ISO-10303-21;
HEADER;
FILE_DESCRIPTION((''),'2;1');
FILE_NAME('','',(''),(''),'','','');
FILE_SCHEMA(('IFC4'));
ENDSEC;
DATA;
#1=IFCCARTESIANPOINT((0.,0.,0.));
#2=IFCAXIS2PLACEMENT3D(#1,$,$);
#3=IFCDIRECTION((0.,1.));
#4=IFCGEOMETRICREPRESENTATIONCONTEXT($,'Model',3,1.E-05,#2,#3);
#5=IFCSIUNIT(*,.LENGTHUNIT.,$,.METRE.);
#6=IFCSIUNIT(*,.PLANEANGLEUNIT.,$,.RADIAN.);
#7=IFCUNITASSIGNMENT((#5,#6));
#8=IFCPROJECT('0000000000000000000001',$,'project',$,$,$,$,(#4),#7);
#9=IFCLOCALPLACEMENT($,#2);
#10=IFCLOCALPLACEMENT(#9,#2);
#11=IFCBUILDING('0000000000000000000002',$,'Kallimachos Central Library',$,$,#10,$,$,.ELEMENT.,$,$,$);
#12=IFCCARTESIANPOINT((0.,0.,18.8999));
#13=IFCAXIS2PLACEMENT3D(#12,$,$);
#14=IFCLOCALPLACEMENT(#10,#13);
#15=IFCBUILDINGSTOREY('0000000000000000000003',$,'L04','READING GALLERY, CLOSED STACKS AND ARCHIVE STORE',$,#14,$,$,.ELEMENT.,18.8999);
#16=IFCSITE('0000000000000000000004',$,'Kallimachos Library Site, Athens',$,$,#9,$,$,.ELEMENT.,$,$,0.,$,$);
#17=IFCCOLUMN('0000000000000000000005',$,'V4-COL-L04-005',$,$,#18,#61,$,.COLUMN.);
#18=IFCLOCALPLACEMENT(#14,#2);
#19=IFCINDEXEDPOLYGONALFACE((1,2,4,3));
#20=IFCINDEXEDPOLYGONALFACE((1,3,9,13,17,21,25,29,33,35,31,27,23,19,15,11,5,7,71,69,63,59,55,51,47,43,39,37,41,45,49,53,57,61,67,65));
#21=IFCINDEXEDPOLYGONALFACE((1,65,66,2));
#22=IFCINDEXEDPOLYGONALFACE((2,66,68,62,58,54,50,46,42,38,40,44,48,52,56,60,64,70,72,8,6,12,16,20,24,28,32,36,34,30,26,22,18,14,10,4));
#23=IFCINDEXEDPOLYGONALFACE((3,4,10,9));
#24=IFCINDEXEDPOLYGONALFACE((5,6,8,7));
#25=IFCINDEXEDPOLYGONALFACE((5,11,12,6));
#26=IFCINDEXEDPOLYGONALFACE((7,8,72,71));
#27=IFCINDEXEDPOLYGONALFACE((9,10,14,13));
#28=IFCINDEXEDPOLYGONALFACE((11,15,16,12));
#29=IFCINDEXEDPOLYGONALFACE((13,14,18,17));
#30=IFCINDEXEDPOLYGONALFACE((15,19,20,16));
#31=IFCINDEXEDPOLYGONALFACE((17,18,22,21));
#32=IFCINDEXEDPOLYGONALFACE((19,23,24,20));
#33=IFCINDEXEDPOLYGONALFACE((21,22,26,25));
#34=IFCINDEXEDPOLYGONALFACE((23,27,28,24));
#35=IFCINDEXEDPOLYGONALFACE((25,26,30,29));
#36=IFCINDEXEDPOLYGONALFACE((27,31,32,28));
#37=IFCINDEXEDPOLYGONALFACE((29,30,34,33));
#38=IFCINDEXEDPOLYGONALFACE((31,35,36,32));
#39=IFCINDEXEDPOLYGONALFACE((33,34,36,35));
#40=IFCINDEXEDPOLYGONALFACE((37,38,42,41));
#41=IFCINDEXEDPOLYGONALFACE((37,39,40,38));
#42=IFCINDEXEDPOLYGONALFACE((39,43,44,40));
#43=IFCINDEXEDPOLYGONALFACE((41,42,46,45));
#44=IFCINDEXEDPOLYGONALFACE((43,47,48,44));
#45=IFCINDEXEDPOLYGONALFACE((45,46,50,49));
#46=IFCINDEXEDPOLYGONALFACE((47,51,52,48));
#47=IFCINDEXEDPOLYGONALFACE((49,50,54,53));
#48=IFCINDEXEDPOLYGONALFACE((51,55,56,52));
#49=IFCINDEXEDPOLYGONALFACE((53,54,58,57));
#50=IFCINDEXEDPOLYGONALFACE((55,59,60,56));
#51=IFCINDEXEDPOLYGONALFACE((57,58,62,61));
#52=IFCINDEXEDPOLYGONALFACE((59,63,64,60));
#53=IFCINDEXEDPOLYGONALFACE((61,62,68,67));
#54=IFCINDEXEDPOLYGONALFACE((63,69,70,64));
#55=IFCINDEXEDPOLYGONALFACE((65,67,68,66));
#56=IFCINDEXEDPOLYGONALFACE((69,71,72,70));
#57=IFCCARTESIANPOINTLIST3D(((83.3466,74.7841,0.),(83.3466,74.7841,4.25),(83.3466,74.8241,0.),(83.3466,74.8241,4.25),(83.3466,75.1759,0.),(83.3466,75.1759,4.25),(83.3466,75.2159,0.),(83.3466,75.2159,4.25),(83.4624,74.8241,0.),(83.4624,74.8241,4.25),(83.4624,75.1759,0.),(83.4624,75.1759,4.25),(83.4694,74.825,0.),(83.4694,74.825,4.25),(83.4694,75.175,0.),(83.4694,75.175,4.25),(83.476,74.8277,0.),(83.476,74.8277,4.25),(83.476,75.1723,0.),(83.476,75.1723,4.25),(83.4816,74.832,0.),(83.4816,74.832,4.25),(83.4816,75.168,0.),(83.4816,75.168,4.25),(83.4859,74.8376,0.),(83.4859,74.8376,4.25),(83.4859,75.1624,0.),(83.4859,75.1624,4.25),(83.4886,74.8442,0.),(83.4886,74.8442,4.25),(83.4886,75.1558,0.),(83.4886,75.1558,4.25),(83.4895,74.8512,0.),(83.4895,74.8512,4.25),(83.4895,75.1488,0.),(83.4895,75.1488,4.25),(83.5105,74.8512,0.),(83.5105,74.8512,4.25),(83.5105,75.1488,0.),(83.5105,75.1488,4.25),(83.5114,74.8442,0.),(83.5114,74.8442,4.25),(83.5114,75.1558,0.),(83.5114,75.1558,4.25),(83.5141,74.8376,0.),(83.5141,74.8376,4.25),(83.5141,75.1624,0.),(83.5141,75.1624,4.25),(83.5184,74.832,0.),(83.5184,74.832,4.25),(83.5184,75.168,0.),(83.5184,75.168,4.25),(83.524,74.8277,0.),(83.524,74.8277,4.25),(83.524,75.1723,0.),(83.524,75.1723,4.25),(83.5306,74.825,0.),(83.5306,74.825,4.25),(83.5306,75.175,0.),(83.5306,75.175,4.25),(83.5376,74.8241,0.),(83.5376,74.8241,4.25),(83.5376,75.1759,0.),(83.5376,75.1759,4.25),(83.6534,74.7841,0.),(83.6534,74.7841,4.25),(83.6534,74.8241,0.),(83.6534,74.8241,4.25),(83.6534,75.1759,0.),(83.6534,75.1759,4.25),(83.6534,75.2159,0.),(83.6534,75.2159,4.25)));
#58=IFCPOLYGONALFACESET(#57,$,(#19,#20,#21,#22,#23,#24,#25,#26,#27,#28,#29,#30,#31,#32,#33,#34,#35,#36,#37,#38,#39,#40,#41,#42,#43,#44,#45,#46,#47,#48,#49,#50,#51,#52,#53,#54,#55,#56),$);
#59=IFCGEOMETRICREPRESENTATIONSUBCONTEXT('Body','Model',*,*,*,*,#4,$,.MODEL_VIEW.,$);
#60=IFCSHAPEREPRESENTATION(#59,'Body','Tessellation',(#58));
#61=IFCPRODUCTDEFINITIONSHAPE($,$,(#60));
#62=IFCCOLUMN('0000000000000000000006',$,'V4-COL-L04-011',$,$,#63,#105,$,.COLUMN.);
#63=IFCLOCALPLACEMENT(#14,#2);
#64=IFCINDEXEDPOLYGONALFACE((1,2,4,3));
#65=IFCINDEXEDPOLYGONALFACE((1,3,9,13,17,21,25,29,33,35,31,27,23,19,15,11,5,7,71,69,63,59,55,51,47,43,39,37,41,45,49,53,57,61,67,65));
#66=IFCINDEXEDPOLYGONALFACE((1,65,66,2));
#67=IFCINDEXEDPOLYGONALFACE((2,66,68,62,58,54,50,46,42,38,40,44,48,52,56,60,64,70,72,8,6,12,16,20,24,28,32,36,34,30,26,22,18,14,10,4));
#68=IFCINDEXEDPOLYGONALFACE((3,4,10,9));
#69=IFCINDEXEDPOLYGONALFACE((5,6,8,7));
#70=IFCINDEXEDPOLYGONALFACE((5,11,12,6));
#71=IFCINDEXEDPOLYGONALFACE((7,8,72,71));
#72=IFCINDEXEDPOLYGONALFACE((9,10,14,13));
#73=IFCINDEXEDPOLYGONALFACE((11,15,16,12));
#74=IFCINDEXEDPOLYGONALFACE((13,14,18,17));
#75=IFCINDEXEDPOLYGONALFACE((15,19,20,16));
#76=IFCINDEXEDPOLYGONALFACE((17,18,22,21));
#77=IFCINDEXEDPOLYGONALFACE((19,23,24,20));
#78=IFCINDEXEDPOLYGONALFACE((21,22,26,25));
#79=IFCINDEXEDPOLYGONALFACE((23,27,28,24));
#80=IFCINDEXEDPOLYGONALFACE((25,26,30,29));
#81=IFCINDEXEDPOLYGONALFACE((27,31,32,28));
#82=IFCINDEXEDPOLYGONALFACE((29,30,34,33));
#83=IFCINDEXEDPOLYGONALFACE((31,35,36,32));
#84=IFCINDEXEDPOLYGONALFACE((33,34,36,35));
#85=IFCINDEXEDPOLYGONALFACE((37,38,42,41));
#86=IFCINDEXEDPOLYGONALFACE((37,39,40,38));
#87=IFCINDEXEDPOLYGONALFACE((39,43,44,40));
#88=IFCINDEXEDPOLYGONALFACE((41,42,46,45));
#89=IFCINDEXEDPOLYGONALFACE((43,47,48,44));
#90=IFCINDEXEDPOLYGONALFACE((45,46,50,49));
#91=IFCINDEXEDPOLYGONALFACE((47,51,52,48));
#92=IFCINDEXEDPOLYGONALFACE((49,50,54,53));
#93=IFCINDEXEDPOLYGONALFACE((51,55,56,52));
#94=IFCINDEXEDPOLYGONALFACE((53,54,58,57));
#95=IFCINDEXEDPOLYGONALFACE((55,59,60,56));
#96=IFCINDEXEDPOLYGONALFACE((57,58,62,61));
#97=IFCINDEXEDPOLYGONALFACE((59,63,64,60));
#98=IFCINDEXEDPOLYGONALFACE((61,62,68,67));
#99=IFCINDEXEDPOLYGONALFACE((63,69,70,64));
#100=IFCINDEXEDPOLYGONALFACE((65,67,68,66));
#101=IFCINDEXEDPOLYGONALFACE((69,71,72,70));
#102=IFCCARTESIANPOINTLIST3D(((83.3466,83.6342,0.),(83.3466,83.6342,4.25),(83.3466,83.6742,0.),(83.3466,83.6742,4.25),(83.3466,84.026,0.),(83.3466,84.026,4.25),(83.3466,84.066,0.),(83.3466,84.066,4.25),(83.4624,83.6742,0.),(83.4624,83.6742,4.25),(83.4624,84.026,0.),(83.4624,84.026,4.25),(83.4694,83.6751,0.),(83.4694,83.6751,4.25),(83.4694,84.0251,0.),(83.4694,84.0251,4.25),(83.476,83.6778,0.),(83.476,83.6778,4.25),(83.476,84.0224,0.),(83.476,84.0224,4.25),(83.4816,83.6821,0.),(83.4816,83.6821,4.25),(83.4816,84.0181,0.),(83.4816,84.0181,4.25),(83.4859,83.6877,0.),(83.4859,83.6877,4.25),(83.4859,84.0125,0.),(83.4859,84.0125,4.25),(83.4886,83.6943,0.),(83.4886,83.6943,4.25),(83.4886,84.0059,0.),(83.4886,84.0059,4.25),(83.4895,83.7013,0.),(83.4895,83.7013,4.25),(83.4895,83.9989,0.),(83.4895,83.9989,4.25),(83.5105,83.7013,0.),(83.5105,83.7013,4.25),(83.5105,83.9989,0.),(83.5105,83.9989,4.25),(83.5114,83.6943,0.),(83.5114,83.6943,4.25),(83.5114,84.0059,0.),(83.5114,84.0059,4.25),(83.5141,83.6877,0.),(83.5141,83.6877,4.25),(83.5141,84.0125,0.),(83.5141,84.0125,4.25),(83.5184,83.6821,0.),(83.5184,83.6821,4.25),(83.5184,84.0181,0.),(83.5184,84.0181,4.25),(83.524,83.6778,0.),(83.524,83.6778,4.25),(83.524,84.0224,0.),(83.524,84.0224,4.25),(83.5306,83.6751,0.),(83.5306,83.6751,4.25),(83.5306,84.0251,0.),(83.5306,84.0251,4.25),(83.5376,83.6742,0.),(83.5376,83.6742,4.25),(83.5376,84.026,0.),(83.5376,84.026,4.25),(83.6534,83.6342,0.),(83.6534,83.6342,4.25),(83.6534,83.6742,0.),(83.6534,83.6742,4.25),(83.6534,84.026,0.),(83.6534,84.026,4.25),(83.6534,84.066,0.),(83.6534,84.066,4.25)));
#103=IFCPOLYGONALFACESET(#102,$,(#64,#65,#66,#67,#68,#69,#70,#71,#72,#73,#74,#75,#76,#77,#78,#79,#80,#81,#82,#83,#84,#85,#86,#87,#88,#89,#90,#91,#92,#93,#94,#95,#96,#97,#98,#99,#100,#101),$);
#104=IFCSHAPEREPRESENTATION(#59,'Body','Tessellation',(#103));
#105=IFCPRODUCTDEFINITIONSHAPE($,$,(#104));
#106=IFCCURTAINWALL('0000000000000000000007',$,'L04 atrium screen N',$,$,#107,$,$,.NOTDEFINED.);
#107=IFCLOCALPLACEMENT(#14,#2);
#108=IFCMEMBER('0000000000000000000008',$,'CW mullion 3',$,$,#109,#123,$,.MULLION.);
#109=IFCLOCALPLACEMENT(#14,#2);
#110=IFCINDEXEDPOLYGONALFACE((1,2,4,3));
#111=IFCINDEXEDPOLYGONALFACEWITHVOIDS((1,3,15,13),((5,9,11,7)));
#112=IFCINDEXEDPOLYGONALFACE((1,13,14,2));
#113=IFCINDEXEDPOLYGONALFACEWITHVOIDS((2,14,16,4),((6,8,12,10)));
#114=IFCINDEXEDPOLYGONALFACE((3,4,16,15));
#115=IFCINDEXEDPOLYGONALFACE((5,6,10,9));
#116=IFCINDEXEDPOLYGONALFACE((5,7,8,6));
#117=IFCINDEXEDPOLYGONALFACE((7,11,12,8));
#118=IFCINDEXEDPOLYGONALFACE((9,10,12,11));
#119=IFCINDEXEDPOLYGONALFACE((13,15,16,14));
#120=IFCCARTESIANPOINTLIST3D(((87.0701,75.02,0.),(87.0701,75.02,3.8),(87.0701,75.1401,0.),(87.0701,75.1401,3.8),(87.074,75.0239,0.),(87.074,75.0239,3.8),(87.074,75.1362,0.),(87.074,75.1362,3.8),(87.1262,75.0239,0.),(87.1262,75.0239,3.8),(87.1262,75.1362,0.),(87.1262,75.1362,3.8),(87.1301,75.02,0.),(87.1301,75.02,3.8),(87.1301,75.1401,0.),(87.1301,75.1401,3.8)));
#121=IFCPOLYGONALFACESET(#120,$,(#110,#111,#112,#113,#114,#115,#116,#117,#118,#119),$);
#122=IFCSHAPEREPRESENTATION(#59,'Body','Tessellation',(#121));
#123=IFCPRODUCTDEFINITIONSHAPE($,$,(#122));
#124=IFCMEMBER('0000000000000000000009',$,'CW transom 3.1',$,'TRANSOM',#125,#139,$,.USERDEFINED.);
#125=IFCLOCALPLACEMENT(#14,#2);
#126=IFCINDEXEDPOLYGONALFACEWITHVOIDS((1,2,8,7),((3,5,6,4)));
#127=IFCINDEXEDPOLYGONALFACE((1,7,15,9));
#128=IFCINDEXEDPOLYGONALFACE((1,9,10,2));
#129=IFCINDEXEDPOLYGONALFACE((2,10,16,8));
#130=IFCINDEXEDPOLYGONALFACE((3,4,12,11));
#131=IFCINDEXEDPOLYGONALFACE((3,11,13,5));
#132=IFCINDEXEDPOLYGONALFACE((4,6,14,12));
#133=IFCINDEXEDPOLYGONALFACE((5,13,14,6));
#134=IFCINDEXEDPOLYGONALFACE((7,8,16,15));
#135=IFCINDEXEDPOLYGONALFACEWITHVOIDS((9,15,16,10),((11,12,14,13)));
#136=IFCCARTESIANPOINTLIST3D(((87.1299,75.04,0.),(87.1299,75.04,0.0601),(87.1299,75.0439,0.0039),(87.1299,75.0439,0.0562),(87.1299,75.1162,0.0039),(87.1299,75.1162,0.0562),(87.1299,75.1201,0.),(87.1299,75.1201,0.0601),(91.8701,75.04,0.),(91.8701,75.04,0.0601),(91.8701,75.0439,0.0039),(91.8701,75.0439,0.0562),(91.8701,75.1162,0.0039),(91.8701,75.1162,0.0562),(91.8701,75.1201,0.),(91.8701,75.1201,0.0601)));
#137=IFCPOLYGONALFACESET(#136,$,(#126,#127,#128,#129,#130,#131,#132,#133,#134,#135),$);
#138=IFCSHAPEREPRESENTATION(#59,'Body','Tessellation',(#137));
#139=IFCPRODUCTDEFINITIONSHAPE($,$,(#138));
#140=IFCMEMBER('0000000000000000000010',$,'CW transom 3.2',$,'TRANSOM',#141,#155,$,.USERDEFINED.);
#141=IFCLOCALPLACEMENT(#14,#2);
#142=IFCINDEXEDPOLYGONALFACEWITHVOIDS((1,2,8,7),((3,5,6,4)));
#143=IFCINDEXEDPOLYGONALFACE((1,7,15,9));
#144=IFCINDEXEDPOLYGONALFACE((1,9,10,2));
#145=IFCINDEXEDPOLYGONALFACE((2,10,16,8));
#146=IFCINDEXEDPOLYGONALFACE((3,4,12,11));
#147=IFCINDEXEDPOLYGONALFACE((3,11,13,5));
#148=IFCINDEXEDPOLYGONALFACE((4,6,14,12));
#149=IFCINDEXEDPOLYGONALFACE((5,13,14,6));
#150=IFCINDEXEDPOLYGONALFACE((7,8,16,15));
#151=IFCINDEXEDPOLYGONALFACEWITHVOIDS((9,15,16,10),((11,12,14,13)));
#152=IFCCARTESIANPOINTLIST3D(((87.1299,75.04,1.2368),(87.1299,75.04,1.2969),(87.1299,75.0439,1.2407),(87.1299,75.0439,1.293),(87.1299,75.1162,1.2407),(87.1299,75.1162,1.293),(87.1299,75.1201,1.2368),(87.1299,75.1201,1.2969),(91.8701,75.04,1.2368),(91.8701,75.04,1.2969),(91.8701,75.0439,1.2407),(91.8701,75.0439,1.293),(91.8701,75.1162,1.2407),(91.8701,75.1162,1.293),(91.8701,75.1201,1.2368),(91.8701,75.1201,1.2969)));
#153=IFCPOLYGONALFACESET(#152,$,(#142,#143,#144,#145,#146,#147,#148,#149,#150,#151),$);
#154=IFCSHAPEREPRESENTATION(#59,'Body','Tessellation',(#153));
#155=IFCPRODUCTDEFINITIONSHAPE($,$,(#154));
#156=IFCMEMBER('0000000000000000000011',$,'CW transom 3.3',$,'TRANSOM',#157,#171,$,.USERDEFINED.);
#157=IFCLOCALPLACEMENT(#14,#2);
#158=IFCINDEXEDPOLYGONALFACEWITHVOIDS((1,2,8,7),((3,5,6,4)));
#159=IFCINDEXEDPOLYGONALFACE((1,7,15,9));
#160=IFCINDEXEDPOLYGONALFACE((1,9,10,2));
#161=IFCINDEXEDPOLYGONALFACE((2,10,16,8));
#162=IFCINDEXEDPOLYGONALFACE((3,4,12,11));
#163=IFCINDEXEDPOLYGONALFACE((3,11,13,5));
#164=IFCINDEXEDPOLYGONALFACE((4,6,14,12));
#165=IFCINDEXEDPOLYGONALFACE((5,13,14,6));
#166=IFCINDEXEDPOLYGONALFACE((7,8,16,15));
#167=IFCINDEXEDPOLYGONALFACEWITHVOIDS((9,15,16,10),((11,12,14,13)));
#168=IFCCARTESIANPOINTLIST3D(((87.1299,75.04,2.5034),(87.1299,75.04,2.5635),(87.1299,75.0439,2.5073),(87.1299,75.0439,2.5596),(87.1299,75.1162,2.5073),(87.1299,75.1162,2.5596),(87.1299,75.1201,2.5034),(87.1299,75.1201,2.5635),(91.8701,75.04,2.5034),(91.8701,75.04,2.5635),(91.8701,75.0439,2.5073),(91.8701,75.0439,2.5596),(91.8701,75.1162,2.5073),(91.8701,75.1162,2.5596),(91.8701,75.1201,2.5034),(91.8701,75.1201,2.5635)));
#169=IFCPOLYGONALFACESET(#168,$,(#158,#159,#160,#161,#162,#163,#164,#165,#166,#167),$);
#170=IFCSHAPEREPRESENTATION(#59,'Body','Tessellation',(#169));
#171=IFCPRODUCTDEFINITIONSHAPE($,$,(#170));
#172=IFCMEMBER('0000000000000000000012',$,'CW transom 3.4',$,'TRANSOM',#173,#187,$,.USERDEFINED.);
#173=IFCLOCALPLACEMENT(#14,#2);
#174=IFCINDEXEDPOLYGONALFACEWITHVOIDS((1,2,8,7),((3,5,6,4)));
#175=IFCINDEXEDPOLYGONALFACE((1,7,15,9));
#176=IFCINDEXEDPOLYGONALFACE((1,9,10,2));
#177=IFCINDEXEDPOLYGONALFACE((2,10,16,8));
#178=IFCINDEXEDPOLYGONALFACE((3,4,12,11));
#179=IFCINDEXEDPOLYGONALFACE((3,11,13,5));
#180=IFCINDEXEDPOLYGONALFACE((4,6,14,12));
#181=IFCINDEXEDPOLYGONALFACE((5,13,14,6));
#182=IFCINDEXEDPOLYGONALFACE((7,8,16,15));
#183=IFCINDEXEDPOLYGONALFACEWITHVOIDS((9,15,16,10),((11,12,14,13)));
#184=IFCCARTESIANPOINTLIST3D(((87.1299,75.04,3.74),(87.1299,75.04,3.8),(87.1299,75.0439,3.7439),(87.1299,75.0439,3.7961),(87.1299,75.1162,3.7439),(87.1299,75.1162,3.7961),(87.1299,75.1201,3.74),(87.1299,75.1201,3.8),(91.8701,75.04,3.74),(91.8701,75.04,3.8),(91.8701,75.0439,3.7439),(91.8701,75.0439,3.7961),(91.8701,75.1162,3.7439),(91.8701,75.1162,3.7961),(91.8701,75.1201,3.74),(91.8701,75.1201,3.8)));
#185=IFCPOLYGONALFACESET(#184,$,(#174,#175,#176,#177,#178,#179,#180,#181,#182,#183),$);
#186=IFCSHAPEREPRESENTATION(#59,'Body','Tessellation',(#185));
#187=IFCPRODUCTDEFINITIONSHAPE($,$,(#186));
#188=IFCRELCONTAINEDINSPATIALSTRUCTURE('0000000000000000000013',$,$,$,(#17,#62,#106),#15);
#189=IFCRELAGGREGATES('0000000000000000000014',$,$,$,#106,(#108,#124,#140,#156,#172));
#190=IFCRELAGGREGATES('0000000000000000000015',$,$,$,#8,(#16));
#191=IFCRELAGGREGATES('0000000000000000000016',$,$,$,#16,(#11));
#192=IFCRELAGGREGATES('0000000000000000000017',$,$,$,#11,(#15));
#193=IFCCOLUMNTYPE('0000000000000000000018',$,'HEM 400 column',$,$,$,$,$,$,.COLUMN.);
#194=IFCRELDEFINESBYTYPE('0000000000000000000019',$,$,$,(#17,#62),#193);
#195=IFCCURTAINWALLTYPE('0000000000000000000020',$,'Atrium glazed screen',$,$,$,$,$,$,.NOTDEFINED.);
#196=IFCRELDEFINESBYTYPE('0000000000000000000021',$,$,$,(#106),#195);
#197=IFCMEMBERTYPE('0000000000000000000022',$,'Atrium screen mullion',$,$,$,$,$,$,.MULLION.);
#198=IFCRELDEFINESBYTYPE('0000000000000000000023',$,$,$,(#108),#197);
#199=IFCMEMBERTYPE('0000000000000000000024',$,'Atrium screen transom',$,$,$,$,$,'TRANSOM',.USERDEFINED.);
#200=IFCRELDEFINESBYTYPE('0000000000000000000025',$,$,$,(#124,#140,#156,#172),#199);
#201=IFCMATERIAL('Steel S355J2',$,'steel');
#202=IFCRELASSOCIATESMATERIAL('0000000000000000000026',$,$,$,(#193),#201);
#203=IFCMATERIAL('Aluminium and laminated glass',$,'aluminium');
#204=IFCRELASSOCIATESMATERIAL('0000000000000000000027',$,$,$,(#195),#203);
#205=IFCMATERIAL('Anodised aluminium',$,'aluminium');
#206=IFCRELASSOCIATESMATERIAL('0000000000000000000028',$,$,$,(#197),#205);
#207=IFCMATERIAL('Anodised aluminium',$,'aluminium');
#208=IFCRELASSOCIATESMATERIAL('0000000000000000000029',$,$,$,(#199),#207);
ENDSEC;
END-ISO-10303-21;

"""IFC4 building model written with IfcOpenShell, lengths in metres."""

from ifc_helpers import new_model, si_unit, direction, frame, origin, origin_2d, place, context, subcontext, project, spatial, hollow_rectangle, i_section, extrude, material, material_profile, profile_set, type_object, element, aggregate, save


model = new_model("IFC4")

# Units and contexts
model_context = context("Model", 3, precision=1e-05, world=origin(), true_north=direction((0.0, 1.0)))
body_context = subcontext(model_context, "Body", "Model", "MODEL_VIEW")
ifc_project = project(units=[si_unit("LENGTHUNIT", "METRE"), si_unit("PLANEANGLEUNIT", "RADIAN")], contexts=[model_context])

# Site, building, storey
site_placement = place(None, origin())
site = spatial("IfcSite", under=ifc_project, at=site_placement, Name="Kallimachos Library Site, Athens", CompositionType="ELEMENT", RefElevation=0.0)
building_placement = place(site_placement, origin())
building = spatial("IfcBuilding", under=site, at=building_placement, Name="Kallimachos Central Library", CompositionType="ELEMENT")
storey_placement = place(building_placement, frame((0.0, 0.0, 18.8999)))
storey = spatial("IfcBuildingStorey", under=building, at=storey_placement, Name="L04", Description="READING GALLERY, CLOSED STACKS AND ARCHIVE STORE", CompositionType="ELEMENT", Elevation=18.8999)

# Columns
ifc_material_1 = material(Name="Steel S355J2", Category="steel")
ifc_material_profile_1 = material_profile(ifc_material_1, i_section(OverallWidth=0.3069, OverallDepth=0.4319, WebThickness=0.021, FlangeThickness=0.04, FilletRadius=0.0271, at=origin_2d()), Name="HEM 400")
ifc_profile_set_1 = profile_set([ifc_material_profile_1], Name="Steel S355J2")
column_type = type_object("IfcColumnType", Name="HEM 400 column", PredefinedType="COLUMN", material=ifc_profile_set_1)
for number, where, z_axis, x_axis, name in (
    (1, (83.5, 75.0, 0.0), (0.0, 0.0, 1.0), (1.0, 0.0, 0.0), "V4-COL-L04-005"),
    (2, (83.5, 83.8501, 0.0), (0.0, 0.0, 1.0), (1.0, 0.0, 0.0), "V4-COL-L04-011"),
):
    element("IfcColumn", number, at=place(storey_placement, frame(where, z_axis=z_axis, x_axis=x_axis)), inside=storey, type_object=column_type, Name=name, PredefinedType="COLUMN", context=body_context, shape_type="SweptSolid", body=[
        extrude(i_section(OverallWidth=0.3069, OverallDepth=0.4319, WebThickness=0.021, FlangeThickness=0.04, FilletRadius=0.0271, at=origin_2d()), origin(), (0.0, 0.0, 1.0), 4.25),
    ])

# Curtain wall, members
ifc_material_2 = material(Name="Aluminium and laminated glass", Category="aluminium")
curtain_wall_type = type_object("IfcCurtainWallType", Name="Atrium glazed screen", PredefinedType="NOTDEFINED", material=ifc_material_2)
curtain_wall_placement = place(storey_placement, origin())
curtain_wall = element("IfcCurtainWall", 3, at=curtain_wall_placement, inside=storey, type_object=curtain_wall_type, Name="L04 atrium screen N", PredefinedType="NOTDEFINED")
ifc_material_3 = material(Name="Anodised aluminium", Category="aluminium")
ifc_material_profile_2 = material_profile(ifc_material_3, hollow_rectangle(XDim=0.0601, YDim=0.1201, WallThickness=0.0039, at=origin_2d()), Name="ALU MULLION 60x120")
ifc_profile_set_2 = profile_set([ifc_material_profile_2], Name="Anodised aluminium")
member_type_1 = type_object("IfcMemberType", Name="Atrium screen mullion", PredefinedType="MULLION", material=ifc_profile_set_2)
member_1_placement = place(storey_placement, frame((87.1001, 75.0801, 0.0), z_axis=(0.0, 0.0, 1.0), x_axis=(1.0, 0.0, 0.0)))
member_1 = element("IfcMember", 4, at=member_1_placement, type_object=member_type_1, Name="CW mullion 3", PredefinedType="MULLION", context=body_context, shape_type="SweptSolid", body=[
    extrude(hollow_rectangle(XDim=0.0601, YDim=0.1201, WallThickness=0.0039, at=origin_2d()), origin(), (0.0, 0.0, 1.0), 3.8),
])
ifc_material_4 = material(Name="Anodised aluminium", Category="aluminium")
ifc_material_profile_3 = material_profile(ifc_material_4, hollow_rectangle(XDim=0.0601, YDim=0.0801, WallThickness=0.0039, at=origin_2d()), Name="ALU TRANSOM 60x80")
ifc_profile_set_3 = profile_set([ifc_material_profile_3], Name="Anodised aluminium")
member_type_2 = type_object("IfcMemberType", Name="Atrium screen transom", ElementType="TRANSOM", PredefinedType="USERDEFINED", material=ifc_profile_set_3)
member_2_placement = place(storey_placement, frame((87.1299, 75.0801, 0.03), z_axis=(1.0, 0.0, 0.0), x_axis=(0.0, 0.0, 1.0)))
member_2 = element("IfcMember", 5, at=member_2_placement, type_object=member_type_2, Name="CW transom 3.1", ObjectType="TRANSOM", PredefinedType="USERDEFINED", context=body_context, shape_type="SweptSolid", body=[
    extrude(hollow_rectangle(XDim=0.0601, YDim=0.0801, WallThickness=0.0039, at=origin_2d()), origin(), (0.0, 0.0, 1.0), 4.7402),
])
member_3_placement = place(storey_placement, frame((87.1299, 75.0801, 1.2668), z_axis=(1.0, 0.0, 0.0), x_axis=(0.0, 0.0, 1.0)))
member_3 = element("IfcMember", 6, at=member_3_placement, type_object=member_type_2, Name="CW transom 3.2", ObjectType="TRANSOM", PredefinedType="USERDEFINED", context=body_context, shape_type="SweptSolid", body=[
    extrude(hollow_rectangle(XDim=0.0601, YDim=0.0801, WallThickness=0.0039, at=origin_2d()), origin(), (0.0, 0.0, 1.0), 4.7402),
])
member_4_placement = place(storey_placement, frame((87.1299, 75.0801, 2.5334), z_axis=(1.0, 0.0, 0.0), x_axis=(0.0, 0.0, 1.0)))
member_4 = element("IfcMember", 7, at=member_4_placement, type_object=member_type_2, Name="CW transom 3.3", ObjectType="TRANSOM", PredefinedType="USERDEFINED", context=body_context, shape_type="SweptSolid", body=[
    extrude(hollow_rectangle(XDim=0.0601, YDim=0.0801, WallThickness=0.0039, at=origin_2d()), origin(), (0.0, 0.0, 1.0), 4.7402),
])
member_5_placement = place(storey_placement, frame((87.1299, 75.0801, 3.77), z_axis=(1.0, 0.0, 0.0), x_axis=(0.0, 0.0, 1.0)))
member_5 = element("IfcMember", 8, at=member_5_placement, type_object=member_type_2, Name="CW transom 3.4", ObjectType="TRANSOM", PredefinedType="USERDEFINED", context=body_context, shape_type="SweptSolid", body=[
    extrude(hollow_rectangle(XDim=0.0601, YDim=0.0801, WallThickness=0.0039, at=origin_2d()), origin(), (0.0, 0.0, 1.0), 4.7402),
])

aggregate(curtain_wall, [member_1, member_2, member_3, member_4, member_5])

save(model, "model.ifc")
